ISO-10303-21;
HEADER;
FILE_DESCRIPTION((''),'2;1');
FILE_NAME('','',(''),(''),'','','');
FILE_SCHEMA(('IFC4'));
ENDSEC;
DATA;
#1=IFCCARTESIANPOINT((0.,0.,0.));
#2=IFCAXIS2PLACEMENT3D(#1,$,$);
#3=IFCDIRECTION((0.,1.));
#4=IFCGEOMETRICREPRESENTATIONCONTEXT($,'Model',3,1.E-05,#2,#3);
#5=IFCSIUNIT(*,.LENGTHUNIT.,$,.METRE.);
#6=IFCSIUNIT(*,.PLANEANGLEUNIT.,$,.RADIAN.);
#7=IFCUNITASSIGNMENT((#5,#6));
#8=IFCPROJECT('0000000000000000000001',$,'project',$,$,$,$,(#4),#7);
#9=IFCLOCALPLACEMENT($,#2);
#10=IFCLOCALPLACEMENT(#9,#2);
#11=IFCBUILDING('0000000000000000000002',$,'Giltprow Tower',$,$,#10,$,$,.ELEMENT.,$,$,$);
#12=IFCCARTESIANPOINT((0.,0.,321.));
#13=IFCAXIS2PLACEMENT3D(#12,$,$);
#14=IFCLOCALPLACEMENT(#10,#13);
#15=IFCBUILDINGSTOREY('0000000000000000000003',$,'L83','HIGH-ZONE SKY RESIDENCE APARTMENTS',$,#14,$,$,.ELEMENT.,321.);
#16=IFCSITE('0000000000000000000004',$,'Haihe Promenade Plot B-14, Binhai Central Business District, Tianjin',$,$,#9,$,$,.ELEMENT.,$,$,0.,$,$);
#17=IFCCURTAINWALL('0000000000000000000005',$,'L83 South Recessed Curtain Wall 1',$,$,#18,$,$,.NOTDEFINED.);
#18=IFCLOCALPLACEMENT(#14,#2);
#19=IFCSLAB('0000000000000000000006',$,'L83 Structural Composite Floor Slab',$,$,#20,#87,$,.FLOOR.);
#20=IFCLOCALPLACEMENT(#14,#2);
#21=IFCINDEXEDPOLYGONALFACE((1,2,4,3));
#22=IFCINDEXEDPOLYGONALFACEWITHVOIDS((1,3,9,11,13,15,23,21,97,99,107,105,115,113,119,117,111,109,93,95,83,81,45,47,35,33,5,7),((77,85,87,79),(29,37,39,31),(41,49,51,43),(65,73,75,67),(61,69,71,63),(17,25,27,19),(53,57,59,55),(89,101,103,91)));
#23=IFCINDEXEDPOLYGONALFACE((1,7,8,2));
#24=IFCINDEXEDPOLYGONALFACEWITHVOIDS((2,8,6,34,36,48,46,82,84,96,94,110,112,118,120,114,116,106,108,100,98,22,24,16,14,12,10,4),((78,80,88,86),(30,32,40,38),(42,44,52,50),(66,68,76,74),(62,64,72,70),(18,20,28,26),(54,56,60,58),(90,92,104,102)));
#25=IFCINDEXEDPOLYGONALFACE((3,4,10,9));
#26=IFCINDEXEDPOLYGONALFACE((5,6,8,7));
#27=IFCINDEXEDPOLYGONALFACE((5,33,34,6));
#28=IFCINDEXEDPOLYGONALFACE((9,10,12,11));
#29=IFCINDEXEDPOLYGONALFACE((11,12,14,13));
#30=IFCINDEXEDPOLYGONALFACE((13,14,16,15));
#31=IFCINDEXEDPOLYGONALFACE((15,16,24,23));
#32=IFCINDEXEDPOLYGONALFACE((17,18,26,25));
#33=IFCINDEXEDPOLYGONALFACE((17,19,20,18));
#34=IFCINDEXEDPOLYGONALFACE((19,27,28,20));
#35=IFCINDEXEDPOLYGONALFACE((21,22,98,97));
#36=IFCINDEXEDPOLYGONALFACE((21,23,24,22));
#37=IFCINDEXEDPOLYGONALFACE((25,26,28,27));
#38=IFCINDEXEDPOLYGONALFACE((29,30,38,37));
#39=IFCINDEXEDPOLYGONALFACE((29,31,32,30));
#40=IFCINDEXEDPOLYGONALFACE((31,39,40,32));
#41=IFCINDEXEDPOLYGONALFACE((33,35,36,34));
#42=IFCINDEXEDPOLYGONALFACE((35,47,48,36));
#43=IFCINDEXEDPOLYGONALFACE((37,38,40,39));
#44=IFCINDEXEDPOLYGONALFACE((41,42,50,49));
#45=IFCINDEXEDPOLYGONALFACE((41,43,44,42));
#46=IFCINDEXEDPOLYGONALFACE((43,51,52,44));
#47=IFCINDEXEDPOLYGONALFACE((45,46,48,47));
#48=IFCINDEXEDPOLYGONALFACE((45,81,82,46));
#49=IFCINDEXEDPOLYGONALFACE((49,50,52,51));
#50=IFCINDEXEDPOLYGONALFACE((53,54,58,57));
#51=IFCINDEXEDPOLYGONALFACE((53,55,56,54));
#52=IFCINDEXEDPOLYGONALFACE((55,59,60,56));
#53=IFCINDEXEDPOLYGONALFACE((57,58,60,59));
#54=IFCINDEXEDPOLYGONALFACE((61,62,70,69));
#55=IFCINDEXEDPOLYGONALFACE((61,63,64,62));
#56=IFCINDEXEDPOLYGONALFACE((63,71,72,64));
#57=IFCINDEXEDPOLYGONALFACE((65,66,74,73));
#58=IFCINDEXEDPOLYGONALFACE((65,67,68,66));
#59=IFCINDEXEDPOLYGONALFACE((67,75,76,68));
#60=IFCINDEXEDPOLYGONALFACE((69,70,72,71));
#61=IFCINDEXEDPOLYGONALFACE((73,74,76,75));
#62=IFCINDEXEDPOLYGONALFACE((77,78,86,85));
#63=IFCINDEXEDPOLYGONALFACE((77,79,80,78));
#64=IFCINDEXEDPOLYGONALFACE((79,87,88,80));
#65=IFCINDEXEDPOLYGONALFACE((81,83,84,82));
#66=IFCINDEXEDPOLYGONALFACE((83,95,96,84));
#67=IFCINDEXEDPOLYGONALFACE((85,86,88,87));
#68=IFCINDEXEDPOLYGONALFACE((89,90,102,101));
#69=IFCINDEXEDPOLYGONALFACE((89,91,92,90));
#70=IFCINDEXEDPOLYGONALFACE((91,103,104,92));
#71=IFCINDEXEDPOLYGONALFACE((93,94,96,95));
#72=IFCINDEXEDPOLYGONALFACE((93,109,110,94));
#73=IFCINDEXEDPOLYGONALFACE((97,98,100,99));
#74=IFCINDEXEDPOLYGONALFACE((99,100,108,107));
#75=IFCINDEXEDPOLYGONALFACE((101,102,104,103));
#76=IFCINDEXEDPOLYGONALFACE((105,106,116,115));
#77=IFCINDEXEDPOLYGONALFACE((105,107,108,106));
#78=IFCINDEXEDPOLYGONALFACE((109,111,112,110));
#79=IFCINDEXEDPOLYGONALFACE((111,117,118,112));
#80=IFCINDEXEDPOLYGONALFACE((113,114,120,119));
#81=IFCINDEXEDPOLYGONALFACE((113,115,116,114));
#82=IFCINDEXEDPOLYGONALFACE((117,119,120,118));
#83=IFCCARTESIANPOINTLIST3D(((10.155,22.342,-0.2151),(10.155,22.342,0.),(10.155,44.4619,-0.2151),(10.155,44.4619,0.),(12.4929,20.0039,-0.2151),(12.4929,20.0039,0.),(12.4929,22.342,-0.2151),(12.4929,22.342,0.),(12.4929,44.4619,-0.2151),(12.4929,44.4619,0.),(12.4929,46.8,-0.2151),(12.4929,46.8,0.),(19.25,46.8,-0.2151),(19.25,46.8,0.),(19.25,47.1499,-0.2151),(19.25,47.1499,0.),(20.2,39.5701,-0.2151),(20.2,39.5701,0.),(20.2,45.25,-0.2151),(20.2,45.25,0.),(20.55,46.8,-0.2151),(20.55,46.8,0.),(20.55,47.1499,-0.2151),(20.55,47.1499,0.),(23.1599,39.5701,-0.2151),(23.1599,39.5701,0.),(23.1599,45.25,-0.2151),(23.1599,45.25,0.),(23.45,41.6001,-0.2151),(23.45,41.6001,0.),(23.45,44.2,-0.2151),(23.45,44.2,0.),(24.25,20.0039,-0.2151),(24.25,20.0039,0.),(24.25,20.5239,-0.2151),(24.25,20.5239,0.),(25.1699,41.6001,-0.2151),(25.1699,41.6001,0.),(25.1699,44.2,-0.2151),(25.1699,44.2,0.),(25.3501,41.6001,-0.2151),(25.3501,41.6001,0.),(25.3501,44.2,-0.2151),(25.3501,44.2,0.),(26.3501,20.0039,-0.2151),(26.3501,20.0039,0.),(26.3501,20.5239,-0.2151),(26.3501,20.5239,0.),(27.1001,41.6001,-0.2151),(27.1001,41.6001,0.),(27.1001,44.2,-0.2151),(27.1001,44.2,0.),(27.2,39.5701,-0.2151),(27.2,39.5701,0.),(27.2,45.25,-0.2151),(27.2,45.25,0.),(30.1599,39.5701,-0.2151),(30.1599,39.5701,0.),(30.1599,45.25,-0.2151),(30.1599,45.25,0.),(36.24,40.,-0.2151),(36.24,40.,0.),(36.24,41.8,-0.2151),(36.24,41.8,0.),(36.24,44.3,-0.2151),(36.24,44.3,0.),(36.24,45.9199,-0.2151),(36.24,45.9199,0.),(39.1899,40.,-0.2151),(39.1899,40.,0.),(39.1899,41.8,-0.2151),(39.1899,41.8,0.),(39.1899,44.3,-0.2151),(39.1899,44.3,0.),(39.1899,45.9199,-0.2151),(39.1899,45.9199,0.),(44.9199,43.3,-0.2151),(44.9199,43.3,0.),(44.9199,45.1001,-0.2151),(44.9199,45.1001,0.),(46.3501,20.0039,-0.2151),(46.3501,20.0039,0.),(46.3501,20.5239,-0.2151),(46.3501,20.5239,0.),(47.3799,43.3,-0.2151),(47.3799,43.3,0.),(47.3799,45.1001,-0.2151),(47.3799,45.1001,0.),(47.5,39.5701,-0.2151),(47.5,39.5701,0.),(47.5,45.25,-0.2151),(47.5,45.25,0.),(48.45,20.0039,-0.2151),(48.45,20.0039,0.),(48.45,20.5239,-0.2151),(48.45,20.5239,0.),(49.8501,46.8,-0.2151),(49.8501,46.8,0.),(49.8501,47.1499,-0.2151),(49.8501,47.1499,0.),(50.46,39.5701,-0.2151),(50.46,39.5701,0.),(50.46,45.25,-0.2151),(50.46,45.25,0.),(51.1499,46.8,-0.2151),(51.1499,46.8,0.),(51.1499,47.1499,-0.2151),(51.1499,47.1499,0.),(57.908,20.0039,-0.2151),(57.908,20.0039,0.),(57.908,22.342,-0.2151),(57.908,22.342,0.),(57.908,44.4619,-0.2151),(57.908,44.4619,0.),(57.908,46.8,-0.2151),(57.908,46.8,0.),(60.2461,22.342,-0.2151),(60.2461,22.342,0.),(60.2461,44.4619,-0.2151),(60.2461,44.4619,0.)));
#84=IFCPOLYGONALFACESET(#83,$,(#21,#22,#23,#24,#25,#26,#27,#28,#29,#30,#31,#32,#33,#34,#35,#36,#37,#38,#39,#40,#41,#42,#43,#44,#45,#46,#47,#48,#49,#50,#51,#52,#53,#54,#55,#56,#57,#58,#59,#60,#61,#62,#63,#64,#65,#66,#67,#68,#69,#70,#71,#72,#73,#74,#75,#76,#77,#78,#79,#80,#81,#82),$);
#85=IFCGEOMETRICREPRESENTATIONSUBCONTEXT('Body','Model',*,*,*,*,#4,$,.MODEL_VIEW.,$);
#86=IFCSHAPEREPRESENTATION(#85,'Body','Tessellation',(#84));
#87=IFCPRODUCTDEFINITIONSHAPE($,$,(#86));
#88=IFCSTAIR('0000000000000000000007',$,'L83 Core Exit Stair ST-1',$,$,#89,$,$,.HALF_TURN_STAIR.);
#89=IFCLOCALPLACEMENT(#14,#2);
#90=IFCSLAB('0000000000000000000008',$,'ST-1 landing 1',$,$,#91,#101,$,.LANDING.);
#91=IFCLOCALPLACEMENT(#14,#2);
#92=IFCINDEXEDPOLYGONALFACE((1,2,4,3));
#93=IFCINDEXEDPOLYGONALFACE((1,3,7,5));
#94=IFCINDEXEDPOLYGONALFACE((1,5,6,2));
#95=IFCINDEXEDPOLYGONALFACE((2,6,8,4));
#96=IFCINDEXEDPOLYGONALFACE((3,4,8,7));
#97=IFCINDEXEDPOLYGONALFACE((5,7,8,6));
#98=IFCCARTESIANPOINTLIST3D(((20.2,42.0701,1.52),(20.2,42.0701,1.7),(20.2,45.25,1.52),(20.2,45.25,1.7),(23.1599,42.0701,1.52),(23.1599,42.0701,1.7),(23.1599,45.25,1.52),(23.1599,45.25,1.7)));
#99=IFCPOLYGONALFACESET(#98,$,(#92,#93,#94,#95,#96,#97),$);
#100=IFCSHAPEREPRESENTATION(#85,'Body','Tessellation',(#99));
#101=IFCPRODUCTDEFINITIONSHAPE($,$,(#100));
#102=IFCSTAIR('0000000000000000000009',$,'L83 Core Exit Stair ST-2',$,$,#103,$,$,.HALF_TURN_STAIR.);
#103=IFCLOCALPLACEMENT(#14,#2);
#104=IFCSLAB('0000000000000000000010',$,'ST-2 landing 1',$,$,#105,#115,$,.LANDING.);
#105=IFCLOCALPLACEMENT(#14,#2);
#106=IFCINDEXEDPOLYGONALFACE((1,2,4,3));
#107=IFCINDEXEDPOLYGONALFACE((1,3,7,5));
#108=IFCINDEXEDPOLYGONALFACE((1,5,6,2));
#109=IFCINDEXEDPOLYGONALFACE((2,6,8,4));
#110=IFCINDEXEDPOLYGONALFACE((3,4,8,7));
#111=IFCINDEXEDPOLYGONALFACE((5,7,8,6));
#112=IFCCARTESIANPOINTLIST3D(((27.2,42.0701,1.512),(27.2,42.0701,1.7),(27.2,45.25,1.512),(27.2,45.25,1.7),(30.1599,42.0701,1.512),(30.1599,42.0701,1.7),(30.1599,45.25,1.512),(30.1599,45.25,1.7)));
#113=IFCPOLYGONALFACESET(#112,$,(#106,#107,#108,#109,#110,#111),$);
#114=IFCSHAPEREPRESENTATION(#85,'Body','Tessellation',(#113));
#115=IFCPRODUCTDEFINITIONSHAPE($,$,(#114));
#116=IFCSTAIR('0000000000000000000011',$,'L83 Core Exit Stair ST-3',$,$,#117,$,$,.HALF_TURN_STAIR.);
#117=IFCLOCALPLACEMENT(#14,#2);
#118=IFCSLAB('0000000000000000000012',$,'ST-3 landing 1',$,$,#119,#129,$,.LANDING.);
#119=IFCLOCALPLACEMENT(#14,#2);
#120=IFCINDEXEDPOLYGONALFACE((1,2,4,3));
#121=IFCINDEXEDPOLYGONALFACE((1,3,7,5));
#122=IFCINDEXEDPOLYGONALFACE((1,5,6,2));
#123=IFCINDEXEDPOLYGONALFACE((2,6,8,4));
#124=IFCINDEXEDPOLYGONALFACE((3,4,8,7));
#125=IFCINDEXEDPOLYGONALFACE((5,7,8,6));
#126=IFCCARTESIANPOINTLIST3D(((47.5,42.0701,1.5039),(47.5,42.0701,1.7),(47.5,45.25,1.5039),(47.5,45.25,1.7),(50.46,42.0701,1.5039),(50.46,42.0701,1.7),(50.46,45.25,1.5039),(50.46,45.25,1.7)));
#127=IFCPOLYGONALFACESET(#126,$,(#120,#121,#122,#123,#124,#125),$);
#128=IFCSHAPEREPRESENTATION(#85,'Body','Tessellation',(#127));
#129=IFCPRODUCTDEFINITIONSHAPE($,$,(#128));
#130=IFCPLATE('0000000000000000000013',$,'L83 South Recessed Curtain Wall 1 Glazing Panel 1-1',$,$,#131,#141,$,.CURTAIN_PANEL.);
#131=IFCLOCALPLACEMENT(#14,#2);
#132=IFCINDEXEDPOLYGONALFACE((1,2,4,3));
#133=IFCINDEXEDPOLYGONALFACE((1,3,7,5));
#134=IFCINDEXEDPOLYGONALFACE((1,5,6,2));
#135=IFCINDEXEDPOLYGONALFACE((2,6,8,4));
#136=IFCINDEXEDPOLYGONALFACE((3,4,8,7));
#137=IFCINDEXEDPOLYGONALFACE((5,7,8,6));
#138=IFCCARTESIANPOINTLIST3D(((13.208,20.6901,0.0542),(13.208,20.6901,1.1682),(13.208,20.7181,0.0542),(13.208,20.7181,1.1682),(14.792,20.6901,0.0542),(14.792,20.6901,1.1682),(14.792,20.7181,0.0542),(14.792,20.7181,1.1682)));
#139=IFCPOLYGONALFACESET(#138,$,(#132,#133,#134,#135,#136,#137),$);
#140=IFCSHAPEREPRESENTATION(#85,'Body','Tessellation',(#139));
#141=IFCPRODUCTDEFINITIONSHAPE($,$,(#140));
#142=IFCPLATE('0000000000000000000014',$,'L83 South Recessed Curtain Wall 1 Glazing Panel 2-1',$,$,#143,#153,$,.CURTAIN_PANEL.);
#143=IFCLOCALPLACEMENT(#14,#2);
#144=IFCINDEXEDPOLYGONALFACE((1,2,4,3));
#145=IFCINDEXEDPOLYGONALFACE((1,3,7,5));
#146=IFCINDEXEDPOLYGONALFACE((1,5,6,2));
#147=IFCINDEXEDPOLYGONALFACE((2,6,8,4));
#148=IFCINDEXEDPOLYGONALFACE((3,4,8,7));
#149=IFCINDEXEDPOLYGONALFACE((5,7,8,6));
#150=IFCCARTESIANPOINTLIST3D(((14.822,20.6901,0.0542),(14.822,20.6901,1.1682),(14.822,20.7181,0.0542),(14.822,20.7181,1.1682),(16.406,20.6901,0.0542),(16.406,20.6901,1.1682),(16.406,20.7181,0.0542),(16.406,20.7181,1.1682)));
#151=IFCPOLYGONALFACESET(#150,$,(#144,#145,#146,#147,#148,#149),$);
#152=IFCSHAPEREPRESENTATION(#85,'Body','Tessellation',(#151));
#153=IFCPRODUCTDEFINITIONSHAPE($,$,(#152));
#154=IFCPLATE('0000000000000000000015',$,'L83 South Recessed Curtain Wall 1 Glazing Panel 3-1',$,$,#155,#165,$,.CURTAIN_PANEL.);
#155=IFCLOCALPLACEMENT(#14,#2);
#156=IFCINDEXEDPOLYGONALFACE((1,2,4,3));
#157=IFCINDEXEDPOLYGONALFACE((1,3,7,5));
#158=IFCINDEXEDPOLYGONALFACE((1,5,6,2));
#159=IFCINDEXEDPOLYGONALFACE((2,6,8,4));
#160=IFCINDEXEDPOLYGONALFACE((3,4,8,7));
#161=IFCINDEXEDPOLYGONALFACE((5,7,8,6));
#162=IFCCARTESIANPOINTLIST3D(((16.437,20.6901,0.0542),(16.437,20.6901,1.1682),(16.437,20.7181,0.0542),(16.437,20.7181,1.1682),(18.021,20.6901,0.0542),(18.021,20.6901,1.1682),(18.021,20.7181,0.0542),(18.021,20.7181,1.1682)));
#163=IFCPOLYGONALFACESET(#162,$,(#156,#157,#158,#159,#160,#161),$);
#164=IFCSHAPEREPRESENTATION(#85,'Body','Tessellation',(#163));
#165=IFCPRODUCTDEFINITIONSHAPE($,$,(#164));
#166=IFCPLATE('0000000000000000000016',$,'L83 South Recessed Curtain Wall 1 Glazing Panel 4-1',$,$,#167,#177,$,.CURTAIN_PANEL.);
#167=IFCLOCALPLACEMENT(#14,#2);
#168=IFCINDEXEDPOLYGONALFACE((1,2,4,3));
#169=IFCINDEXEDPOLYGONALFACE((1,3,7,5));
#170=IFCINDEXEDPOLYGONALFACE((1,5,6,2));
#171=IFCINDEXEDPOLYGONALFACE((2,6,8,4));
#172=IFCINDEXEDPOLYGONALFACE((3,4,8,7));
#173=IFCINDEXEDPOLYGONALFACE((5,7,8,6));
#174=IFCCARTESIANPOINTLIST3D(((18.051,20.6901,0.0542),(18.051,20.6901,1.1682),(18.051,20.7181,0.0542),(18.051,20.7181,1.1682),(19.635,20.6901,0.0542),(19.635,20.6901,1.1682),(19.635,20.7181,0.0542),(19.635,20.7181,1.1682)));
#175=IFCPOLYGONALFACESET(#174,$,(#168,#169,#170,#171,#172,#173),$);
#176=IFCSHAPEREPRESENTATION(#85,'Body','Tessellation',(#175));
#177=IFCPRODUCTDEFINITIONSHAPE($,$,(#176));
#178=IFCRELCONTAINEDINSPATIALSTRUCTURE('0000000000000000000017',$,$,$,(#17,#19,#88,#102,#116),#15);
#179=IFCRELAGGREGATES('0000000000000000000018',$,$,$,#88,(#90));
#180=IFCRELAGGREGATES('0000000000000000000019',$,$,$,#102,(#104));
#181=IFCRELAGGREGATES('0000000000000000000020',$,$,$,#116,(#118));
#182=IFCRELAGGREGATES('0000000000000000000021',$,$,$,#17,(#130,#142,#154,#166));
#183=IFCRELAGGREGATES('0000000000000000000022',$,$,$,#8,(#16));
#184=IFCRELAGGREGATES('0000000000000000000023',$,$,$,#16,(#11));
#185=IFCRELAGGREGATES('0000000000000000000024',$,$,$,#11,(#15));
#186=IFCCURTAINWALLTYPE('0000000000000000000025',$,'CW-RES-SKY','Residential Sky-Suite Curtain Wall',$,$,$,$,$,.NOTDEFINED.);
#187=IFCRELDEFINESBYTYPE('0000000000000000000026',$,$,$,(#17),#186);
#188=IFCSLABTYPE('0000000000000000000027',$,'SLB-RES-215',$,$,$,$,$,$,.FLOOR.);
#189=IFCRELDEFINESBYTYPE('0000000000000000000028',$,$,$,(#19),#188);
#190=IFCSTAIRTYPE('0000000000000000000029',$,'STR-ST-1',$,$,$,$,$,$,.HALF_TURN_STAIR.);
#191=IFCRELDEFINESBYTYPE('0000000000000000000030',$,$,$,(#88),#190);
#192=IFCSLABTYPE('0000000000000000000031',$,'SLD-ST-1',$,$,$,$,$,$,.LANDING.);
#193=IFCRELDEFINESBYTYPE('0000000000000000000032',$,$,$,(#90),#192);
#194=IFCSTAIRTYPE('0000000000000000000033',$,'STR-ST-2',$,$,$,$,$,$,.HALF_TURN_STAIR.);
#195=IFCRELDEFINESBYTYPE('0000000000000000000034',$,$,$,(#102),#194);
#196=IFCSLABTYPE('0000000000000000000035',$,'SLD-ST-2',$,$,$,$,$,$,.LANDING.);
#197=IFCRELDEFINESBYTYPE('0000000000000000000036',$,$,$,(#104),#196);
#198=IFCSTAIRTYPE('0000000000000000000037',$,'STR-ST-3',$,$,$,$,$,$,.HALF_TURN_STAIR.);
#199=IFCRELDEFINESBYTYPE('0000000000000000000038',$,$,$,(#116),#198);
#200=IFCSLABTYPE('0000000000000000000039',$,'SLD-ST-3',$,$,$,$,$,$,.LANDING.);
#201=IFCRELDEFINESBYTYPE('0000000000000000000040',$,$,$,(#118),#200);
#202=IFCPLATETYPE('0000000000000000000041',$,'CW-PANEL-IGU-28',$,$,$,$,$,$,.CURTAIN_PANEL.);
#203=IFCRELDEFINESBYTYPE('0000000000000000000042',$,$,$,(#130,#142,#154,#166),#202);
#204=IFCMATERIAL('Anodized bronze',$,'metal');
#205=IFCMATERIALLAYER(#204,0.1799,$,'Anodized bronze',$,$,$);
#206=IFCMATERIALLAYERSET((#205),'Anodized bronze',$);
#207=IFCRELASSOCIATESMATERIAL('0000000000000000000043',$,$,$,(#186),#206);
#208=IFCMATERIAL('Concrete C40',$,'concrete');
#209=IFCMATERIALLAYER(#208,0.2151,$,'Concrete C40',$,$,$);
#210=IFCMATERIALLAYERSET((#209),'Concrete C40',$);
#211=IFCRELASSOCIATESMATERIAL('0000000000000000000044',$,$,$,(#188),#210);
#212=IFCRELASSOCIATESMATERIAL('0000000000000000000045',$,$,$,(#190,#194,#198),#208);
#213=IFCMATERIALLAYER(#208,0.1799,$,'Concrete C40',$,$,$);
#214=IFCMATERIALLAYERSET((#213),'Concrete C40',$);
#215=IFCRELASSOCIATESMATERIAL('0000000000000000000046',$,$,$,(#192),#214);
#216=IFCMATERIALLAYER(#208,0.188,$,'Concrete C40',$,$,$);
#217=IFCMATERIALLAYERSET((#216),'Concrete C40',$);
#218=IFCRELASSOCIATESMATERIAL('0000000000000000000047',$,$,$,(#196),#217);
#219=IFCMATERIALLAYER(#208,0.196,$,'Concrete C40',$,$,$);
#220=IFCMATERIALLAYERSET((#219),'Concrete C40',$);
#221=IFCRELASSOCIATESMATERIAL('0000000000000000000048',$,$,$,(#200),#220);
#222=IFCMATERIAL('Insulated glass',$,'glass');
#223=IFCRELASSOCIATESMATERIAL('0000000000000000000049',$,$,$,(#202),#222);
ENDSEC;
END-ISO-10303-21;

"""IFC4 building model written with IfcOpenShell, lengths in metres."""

from ifc_helpers import new_model, si_unit, direction, frame, origin, origin_2d, place, context, subcontext, project, spatial, polyline, rectangle, outline, extrude, source, transform, mapped, material, layer, layer_set, type_object, element, aggregate, save


model = new_model("IFC4")

# Units and contexts
model_context = context("Model", 3, precision=1e-05, world=origin(), true_north=direction((0.0, 1.0)))
body_context = subcontext(model_context, "Body", "Model", "MODEL_VIEW")
ifc_project = project(units=[si_unit("LENGTHUNIT", "METRE"), si_unit("PLANEANGLEUNIT", "RADIAN")], contexts=[model_context])

# Site, building, storey
site_placement = place(None, origin())
site = spatial("IfcSite", under=ifc_project, at=site_placement, Name="Haihe Promenade Plot B-14, Binhai Central Business District, Tianjin", CompositionType="ELEMENT", RefElevation=0.0)
building_placement = place(site_placement, origin())
building = spatial("IfcBuilding", under=site, at=building_placement, Name="Giltprow Tower", CompositionType="ELEMENT")
storey_placement = place(building_placement, frame((0.0, 0.0, 321.0)))
storey = spatial("IfcBuildingStorey", under=building, at=storey_placement, Name="L83", Description="HIGH-ZONE SKY RESIDENCE APARTMENTS", CompositionType="ELEMENT", Elevation=321.0)

# Curtain wall
ifc_material_1 = material(Name="Anodized bronze", Category="metal")
ifc_layer_1 = layer(ifc_material_1, 0.1799, Name="Anodized bronze")
ifc_layer_set_1 = layer_set([ifc_layer_1], Name="Anodized bronze")
curtain_wall_type = type_object("IfcCurtainWallType", Name="CW-RES-SKY", Description="Residential Sky-Suite Curtain Wall", PredefinedType="NOTDEFINED", material=ifc_layer_set_1)
curtain_wall_placement = place(storey_placement, origin())
curtain_wall = element("IfcCurtainWall", 1, at=curtain_wall_placement, inside=storey, type_object=curtain_wall_type, Name="L83 South Recessed Curtain Wall 1", PredefinedType="NOTDEFINED")

# Slab
ifc_material_2 = material(Name="Concrete C40", Category="concrete")
ifc_layer_2 = layer(ifc_material_2, 0.2151, Name="Concrete C40")
ifc_layer_set_2 = layer_set([ifc_layer_2], Name="Concrete C40")
slab_type_1 = type_object("IfcSlabType", Name="SLB-RES-215", PredefinedType="FLOOR", material=ifc_layer_set_2)
slab_1_placement = place(storey_placement, frame((0.0, 0.0, -0.2151)))
element("IfcSlab", 2, at=slab_1_placement, inside=storey, type_object=slab_type_1, Name="L83 Structural Composite Floor Slab", PredefinedType="FLOOR", context=body_context, shape_type="SweptSolid", body=[
    extrude(outline(polyline([(60.2461, 44.4619), (60.2461, 22.342), (57.908, 22.342), (57.908, 20.0039), (48.45, 20.0039), (48.45, 20.5239), (46.3501, 20.5239), (46.3501, 20.0039), (26.3501, 20.0039), (26.3501, 20.5239), (24.25, 20.5239), (24.25, 20.0039), (12.4929, 20.0039), (12.4929, 22.342), (10.155, 22.342), (10.155, 44.4619), (12.4929, 44.4619), (12.4929, 46.8), (19.25, 46.8), (19.25, 47.1499), (20.55, 47.1499), (20.55, 46.8), (49.8501, 46.8), (49.8501, 47.1499), (51.1499, 47.1499), (51.1499, 46.8), (57.908, 46.8), (57.908, 44.4619), (60.2461, 44.4619)]), holes=[polyline([(39.1899, 41.8), (36.24, 41.8), (36.24, 40.0), (39.1899, 40.0), (39.1899, 41.8)]), polyline([(23.1599, 39.5701), (23.1599, 45.25), (20.2, 45.25), (20.2, 39.5701), (23.1599, 39.5701)]), polyline([(30.1599, 39.5701), (30.1599, 45.25), (27.2, 45.25), (27.2, 39.5701), (30.1599, 39.5701)]), polyline([(50.46, 45.25), (47.5, 45.25), (47.5, 39.5701), (50.46, 39.5701), (50.46, 45.25)]), polyline([(25.1699, 44.2), (23.45, 44.2), (23.45, 41.6001), (25.1699, 41.6001), (25.1699, 44.2)]), polyline([(27.1001, 44.2), (25.3501, 44.2), (25.3501, 41.6001), (27.1001, 41.6001), (27.1001, 44.2)]), polyline([(47.3799, 43.3), (47.3799, 45.1001), (44.9199, 45.1001), (44.9199, 43.3), (47.3799, 43.3)]), polyline([(39.1899, 44.3), (39.1899, 45.9199), (36.24, 45.9199), (36.24, 44.3), (39.1899, 44.3)])]), origin(), (0.0, 0.0, 1.0), 0.2151),
])

# Stairs, slabs
stair_type_1 = type_object("IfcStairType", Name="STR-ST-1", PredefinedType="HALF_TURN_STAIR", material=ifc_material_2)
stair_1_placement = place(storey_placement, origin())
stair_1 = element("IfcStair", 3, at=stair_1_placement, inside=storey, type_object=stair_type_1, Name="L83 Core Exit Stair ST-1", PredefinedType="HALF_TURN_STAIR")
ifc_layer_3 = layer(ifc_material_2, 0.1799, Name="Concrete C40")
ifc_layer_set_3 = layer_set([ifc_layer_3], Name="Concrete C40")
slab_type_2 = type_object("IfcSlabType", Name="SLD-ST-1", PredefinedType="LANDING", material=ifc_layer_set_3)
slab_2_placement = place(storey_placement, frame((0.0, 0.0, 1.52)))
slab_2 = element("IfcSlab", 4, at=slab_2_placement, type_object=slab_type_2, Name="ST-1 landing 1", PredefinedType="LANDING", context=body_context, shape_type="SweptSolid", body=[
    extrude(outline(polyline([(23.1599, 42.0701), (23.1599, 45.25), (20.2, 45.25), (20.2, 42.0701), (23.1599, 42.0701)])), origin(), (0.0, 0.0, 1.0), 0.1799),
])
aggregate(stair_1, [slab_2])
stair_type_2 = type_object("IfcStairType", Name="STR-ST-2", PredefinedType="HALF_TURN_STAIR", material=ifc_material_2)
stair_2_placement = place(storey_placement, origin())
stair_2 = element("IfcStair", 5, at=stair_2_placement, inside=storey, type_object=stair_type_2, Name="L83 Core Exit Stair ST-2", PredefinedType="HALF_TURN_STAIR")
ifc_layer_4 = layer(ifc_material_2, 0.188, Name="Concrete C40")
ifc_layer_set_4 = layer_set([ifc_layer_4], Name="Concrete C40")
slab_type_3 = type_object("IfcSlabType", Name="SLD-ST-2", PredefinedType="LANDING", material=ifc_layer_set_4)
slab_3_placement = place(storey_placement, frame((0.0, 0.0, 1.512)))
slab_3 = element("IfcSlab", 6, at=slab_3_placement, type_object=slab_type_3, Name="ST-2 landing 1", PredefinedType="LANDING", context=body_context, shape_type="SweptSolid", body=[
    extrude(outline(polyline([(30.1599, 42.0701), (30.1599, 45.25), (27.2, 45.25), (27.2, 42.0701), (30.1599, 42.0701)])), origin(), (0.0, 0.0, 1.0), 0.188),
])
aggregate(stair_2, [slab_3])
stair_type_3 = type_object("IfcStairType", Name="STR-ST-3", PredefinedType="HALF_TURN_STAIR", material=ifc_material_2)
stair_3_placement = place(storey_placement, origin())
stair_3 = element("IfcStair", 7, at=stair_3_placement, inside=storey, type_object=stair_type_3, Name="L83 Core Exit Stair ST-3", PredefinedType="HALF_TURN_STAIR")
ifc_layer_5 = layer(ifc_material_2, 0.196, Name="Concrete C40")
ifc_layer_set_5 = layer_set([ifc_layer_5], Name="Concrete C40")
slab_type_4 = type_object("IfcSlabType", Name="SLD-ST-3", PredefinedType="LANDING", material=ifc_layer_set_5)
slab_4_placement = place(storey_placement, frame((0.0, 0.0, 1.5039)))
slab_4 = element("IfcSlab", 8, at=slab_4_placement, type_object=slab_type_4, Name="ST-3 landing 1", PredefinedType="LANDING", context=body_context, shape_type="SweptSolid", body=[
    extrude(outline(polyline([(50.46, 42.0701), (50.46, 45.25), (47.5, 45.25), (47.5, 42.0701), (50.46, 42.0701)])), origin(), (0.0, 0.0, 1.0), 0.196),
])
aggregate(stair_3, [slab_4])

# Plates
ifc_material_3 = material(Name="Insulated glass", Category="glass")
plate_type = type_object("IfcPlateType", Name="CW-PANEL-IGU-28", PredefinedType="CURTAIN_PANEL", material=ifc_material_3)
shared_shape_1 = source(origin(), body_context, "Body", "SweptSolid", [
    extrude(rectangle(XDim=1.584, YDim=0.0281, at=origin_2d()), origin(), (0.0, 0.0, 1.0), 1.114),
])
plate_1_placement = place(storey_placement, frame((14.0, 20.7041, 0.0542), z_axis=(0.0, 0.0, 1.0), x_axis=(1.0, 0.0, 0.0)))
plate_1 = element("IfcPlate", 9, at=plate_1_placement, type_object=plate_type, Name="L83 South Recessed Curtain Wall 1 Glazing Panel 1-1", PredefinedType="CURTAIN_PANEL", context=body_context, shape_type="MappedRepresentation", body=[
    mapped(shared_shape_1, transform((0.0, 0.0, 0.0), x_axis=(1.0, 0.0, 0.0), y_axis=(0.0, 1.0, 0.0), z_axis=(0.0, 0.0, 1.0), scale=1.0)),
])
plate_2_placement = place(storey_placement, frame((15.614, 20.7041, 0.0542), z_axis=(0.0, 0.0, 1.0), x_axis=(1.0, 0.0, 0.0)))
plate_2 = element("IfcPlate", 10, at=plate_2_placement, type_object=plate_type, Name="L83 South Recessed Curtain Wall 1 Glazing Panel 2-1", PredefinedType="CURTAIN_PANEL", context=body_context, shape_type="MappedRepresentation", body=[
    mapped(shared_shape_1, transform((0.0, 0.0, 0.0), x_axis=(1.0, 0.0, 0.0), y_axis=(0.0, 1.0, 0.0), z_axis=(0.0, 0.0, 1.0), scale=1.0)),
])
plate_3_placement = place(storey_placement, frame((17.229, 20.7041, 0.0542), z_axis=(0.0, 0.0, 1.0), x_axis=(1.0, 0.0, 0.0)))
plate_3 = element("IfcPlate", 11, at=plate_3_placement, type_object=plate_type, Name="L83 South Recessed Curtain Wall 1 Glazing Panel 3-1", PredefinedType="CURTAIN_PANEL", context=body_context, shape_type="MappedRepresentation", body=[
    mapped(shared_shape_1, transform((0.0, 0.0, 0.0), x_axis=(1.0, 0.0, 0.0), y_axis=(0.0, 1.0, 0.0), z_axis=(0.0, 0.0, 1.0), scale=1.0)),
])
plate_4_placement = place(storey_placement, frame((18.843, 20.7041, 0.0542), z_axis=(0.0, 0.0, 1.0), x_axis=(1.0, 0.0, 0.0)))
plate_4 = element("IfcPlate", 12, at=plate_4_placement, type_object=plate_type, Name="L83 South Recessed Curtain Wall 1 Glazing Panel 4-1", PredefinedType="CURTAIN_PANEL", context=body_context, shape_type="MappedRepresentation", body=[
    mapped(shared_shape_1, transform((0.0, 0.0, 0.0), x_axis=(1.0, 0.0, 0.0), y_axis=(0.0, 1.0, 0.0), z_axis=(0.0, 0.0, 1.0), scale=1.0)),
])
aggregate(curtain_wall, [plate_1, plate_2, plate_3, plate_4])

save(model, "model.ifc")
